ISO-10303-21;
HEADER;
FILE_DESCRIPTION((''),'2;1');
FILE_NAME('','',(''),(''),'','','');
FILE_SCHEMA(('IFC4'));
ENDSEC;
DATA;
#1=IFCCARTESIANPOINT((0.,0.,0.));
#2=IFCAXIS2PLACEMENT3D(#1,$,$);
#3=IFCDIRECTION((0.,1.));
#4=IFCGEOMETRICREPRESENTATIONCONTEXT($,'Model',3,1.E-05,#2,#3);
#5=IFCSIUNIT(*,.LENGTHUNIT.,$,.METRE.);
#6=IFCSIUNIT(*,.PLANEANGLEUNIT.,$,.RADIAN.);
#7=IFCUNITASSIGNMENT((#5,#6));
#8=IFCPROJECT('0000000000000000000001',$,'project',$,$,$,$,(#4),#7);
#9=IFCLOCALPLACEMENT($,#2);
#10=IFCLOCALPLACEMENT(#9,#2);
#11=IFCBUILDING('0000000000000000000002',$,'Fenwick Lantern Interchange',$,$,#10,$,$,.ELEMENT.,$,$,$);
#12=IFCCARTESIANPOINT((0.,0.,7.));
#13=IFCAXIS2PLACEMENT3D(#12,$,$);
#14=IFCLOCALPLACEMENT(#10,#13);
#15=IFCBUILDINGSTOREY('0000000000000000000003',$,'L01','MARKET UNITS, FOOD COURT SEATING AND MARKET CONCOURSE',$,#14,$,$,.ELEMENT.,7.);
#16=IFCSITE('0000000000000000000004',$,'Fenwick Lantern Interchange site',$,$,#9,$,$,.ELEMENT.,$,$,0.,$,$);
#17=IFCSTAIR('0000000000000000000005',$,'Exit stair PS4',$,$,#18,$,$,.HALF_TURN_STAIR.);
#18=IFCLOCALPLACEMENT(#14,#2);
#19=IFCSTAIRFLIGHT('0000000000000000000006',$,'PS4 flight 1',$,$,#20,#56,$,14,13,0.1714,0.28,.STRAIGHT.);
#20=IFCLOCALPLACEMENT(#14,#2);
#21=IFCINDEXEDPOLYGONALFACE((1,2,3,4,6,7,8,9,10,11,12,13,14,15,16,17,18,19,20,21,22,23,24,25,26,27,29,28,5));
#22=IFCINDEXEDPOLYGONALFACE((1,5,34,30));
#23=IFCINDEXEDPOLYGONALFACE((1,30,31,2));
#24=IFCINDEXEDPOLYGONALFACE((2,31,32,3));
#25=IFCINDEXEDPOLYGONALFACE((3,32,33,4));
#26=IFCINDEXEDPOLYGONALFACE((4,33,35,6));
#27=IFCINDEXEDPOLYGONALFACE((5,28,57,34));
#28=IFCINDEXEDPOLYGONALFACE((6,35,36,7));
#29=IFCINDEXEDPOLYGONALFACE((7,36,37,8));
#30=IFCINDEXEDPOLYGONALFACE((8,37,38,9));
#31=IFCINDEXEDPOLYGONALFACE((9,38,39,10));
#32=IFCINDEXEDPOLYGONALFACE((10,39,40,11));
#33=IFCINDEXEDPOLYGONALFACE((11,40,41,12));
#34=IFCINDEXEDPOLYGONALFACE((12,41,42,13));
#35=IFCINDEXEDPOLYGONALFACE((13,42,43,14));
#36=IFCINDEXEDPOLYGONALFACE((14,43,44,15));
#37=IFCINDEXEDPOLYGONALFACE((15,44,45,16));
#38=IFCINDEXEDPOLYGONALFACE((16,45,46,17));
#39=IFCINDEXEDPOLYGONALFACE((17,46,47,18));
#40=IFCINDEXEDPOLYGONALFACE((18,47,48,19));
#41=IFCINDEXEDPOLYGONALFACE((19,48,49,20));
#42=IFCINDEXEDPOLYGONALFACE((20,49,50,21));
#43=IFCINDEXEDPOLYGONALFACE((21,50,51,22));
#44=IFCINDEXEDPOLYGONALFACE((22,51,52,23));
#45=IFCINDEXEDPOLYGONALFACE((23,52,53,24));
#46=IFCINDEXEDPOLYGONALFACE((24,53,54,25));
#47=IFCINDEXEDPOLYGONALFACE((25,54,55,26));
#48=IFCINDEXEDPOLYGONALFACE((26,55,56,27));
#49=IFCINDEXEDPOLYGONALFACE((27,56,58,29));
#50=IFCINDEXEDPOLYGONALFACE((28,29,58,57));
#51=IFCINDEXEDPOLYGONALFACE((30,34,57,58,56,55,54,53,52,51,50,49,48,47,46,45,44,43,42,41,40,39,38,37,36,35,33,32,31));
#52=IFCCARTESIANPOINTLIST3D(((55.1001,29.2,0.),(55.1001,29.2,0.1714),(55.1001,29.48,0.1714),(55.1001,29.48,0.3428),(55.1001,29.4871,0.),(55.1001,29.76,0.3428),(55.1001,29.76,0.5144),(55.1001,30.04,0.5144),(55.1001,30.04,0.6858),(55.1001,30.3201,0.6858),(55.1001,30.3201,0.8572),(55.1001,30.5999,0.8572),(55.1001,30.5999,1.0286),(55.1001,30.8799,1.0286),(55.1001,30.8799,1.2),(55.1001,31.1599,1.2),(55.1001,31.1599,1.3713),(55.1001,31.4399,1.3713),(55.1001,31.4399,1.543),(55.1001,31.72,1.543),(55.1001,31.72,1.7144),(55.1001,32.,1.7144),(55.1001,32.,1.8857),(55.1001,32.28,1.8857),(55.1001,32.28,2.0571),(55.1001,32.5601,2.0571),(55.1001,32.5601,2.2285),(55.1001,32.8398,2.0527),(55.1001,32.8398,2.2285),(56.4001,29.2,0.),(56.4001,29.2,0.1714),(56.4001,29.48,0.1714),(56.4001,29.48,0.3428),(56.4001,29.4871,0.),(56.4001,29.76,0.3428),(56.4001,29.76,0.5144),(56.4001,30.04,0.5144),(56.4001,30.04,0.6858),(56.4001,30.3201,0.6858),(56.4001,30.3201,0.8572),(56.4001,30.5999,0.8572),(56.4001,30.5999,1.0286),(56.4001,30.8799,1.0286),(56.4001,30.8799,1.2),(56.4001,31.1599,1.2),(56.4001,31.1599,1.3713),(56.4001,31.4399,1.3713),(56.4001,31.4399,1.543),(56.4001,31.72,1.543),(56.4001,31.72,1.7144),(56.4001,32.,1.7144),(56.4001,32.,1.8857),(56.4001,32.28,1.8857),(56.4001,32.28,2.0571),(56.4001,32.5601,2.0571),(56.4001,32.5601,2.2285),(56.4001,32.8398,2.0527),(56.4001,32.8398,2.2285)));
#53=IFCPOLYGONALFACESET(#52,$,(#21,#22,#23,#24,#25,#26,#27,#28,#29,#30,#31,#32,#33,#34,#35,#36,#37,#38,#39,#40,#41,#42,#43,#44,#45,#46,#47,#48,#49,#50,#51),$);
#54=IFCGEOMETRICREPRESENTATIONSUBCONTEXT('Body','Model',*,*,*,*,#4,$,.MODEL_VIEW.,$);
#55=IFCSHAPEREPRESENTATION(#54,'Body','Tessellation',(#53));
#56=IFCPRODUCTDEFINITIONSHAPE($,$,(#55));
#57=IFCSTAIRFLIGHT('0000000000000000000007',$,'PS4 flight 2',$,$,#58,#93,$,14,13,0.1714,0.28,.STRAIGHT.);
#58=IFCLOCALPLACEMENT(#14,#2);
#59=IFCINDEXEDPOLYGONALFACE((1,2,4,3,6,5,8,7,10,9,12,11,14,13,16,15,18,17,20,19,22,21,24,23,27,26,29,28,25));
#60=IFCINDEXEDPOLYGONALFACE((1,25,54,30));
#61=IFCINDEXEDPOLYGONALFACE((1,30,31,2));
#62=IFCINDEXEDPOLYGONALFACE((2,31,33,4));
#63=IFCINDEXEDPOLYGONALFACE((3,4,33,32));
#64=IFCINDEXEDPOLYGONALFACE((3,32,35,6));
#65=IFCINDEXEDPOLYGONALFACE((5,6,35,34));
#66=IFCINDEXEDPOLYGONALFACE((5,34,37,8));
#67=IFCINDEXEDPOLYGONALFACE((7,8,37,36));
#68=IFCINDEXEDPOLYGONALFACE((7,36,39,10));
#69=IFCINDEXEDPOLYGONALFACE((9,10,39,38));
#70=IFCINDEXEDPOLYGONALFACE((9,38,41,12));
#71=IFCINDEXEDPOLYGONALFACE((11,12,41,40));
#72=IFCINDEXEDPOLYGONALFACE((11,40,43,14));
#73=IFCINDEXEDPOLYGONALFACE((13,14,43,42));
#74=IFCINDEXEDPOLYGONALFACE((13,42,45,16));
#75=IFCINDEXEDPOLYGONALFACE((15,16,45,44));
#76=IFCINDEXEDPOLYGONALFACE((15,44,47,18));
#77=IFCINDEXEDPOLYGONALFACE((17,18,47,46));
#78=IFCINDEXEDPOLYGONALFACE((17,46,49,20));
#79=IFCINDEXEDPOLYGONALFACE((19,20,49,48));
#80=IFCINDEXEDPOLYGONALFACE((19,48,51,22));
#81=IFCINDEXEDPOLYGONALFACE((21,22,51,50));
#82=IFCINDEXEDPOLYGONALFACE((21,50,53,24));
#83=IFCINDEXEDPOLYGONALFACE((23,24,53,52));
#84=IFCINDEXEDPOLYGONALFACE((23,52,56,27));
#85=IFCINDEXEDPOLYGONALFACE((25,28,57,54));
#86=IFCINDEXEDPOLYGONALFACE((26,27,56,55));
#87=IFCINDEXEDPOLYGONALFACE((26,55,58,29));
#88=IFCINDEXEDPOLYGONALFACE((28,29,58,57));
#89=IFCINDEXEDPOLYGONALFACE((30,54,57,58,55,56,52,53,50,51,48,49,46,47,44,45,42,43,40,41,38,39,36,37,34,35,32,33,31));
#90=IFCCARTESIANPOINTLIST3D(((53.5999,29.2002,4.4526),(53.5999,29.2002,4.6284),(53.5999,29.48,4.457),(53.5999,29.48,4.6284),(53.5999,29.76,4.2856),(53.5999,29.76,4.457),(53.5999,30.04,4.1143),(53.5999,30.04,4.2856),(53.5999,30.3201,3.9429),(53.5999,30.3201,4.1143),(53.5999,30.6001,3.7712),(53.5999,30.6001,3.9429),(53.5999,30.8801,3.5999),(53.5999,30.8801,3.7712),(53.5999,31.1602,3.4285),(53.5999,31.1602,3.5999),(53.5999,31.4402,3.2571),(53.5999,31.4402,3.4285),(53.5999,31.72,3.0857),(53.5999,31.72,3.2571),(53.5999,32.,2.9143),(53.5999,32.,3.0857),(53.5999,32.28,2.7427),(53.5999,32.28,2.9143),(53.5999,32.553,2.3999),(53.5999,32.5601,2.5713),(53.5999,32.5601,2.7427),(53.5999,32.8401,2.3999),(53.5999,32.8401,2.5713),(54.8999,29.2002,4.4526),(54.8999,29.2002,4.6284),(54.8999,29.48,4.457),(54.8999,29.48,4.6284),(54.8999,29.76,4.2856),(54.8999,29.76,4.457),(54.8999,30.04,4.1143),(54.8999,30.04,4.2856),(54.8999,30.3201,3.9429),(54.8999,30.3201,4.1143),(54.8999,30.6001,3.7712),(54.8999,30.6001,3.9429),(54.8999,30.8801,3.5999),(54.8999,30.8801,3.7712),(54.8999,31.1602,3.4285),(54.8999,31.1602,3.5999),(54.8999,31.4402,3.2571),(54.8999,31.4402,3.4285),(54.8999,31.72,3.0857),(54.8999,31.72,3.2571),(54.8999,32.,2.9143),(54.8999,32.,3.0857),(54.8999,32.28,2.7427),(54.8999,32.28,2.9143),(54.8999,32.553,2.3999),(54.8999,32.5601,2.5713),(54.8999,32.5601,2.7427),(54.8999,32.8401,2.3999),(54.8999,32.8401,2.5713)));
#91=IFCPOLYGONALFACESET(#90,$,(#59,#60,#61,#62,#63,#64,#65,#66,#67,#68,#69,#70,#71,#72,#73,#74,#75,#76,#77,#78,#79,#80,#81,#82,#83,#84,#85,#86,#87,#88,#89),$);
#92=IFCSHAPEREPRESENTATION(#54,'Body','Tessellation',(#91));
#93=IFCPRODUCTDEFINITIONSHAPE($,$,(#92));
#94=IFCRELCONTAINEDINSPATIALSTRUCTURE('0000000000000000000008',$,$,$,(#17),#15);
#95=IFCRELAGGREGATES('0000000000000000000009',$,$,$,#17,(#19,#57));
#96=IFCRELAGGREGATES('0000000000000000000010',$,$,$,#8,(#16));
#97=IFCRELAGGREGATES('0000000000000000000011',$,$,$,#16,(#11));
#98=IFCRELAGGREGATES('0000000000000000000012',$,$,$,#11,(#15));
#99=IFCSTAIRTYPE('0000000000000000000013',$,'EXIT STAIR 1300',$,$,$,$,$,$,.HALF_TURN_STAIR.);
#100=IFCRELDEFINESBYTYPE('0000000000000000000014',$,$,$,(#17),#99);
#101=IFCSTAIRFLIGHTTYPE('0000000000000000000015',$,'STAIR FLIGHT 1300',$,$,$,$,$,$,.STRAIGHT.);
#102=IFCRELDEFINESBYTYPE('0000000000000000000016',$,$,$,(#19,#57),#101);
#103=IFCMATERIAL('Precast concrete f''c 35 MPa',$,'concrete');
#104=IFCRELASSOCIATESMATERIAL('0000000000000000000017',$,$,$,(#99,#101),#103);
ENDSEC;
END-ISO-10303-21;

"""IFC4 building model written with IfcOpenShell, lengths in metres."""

from ifc_helpers import new_model, si_unit, direction, frame, origin, place, context, subcontext, project, spatial, polyline, outline, extrude, material, type_object, element, aggregate, save


model = new_model("IFC4")

# Units and contexts
model_context = context("Model", 3, precision=1e-05, world=origin(), true_north=direction((0.0, 1.0)))
body_context = subcontext(model_context, "Body", "Model", "MODEL_VIEW")
ifc_project = project(units=[si_unit("LENGTHUNIT", "METRE"), si_unit("PLANEANGLEUNIT", "RADIAN")], contexts=[model_context])

# Site, building, storey
site_placement = place(None, origin())
site = spatial("IfcSite", under=ifc_project, at=site_placement, Name="Fenwick Lantern Interchange site", CompositionType="ELEMENT", RefElevation=0.0)
building_placement = place(site_placement, origin())
building = spatial("IfcBuilding", under=site, at=building_placement, Name="Fenwick Lantern Interchange", CompositionType="ELEMENT")
storey_placement = place(building_placement, frame((0.0, 0.0, 7.0)))
storey = spatial("IfcBuildingStorey", under=building, at=storey_placement, Name="L01", Description="MARKET UNITS, FOOD COURT SEATING AND MARKET CONCOURSE", CompositionType="ELEMENT", Elevation=7.0)

# Stair, stair flights
ifc_material_1 = material(Name="Precast concrete f'c 35 MPa", Category="concrete")
stair_type = type_object("IfcStairType", Name="EXIT STAIR 1300", PredefinedType="HALF_TURN_STAIR", material=ifc_material_1)
stair_placement = place(storey_placement, origin())
stair = element("IfcStair", 1, at=stair_placement, inside=storey, type_object=stair_type, Name="Exit stair PS4", PredefinedType="HALF_TURN_STAIR")
stair_flight_type = type_object("IfcStairFlightType", Name="STAIR FLIGHT 1300", PredefinedType="STRAIGHT", material=ifc_material_1)
stair_flight_1_placement = place(storey_placement, frame((55.75, 29.2, 0.0), z_axis=(0.0, 0.0, 1.0), x_axis=(0.0, 1.0, 0.0)))
stair_flight_1 = element("IfcStairFlight", 2, at=stair_flight_1_placement, type_object=stair_flight_type, Name="PS4 flight 1", NumberOfRisers=14, NumberOfTreads=13, PredefinedType="STRAIGHT", RiserHeight=0.1714, TreadLength=0.28, context=body_context, shape_type="SweptSolid", body=[
    extrude(outline(polyline([(0.0, 0.0), (0.0, 0.1714), (0.28, 0.1714), (0.28, 0.3428), (0.5601, 0.3428), (0.5601, 0.5144), (0.8401, 0.5144), (0.8401, 0.6858), (1.1201, 0.6858), (1.1201, 0.8572), (1.3999, 0.8572), (1.3999, 1.0286), (1.6799, 1.0286), (1.6799, 1.2), (1.96, 1.2), (1.96, 1.3713), (2.24, 1.3713), (2.24, 1.543), (2.52, 1.543), (2.52, 1.7144), (2.8, 1.7144), (2.8, 1.8857), (3.0801, 1.8857), (3.0801, 2.0571), (3.3601, 2.0571), (3.3601, 2.2285), (3.6399, 2.2285), (3.6399, 2.3999), (3.6399, 2.0527), (0.2871, 0.0), (0.0, 0.0)])), frame((0.0, 0.6499, 0.0), z_axis=(0.0, -1.0, 0.0), x_axis=(1.0, 0.0, 0.0)), (0.0, 0.0, 1.0), 1.3),
])
stair_flight_2_placement = place(storey_placement, frame((54.25, 32.8401, 2.3999), z_axis=(0.0, 0.0, 1.0), x_axis=(0.0, -1.0, 0.0)))
stair_flight_2 = element("IfcStairFlight", 3, at=stair_flight_2_placement, type_object=stair_flight_type, Name="PS4 flight 2", NumberOfRisers=14, NumberOfTreads=13, PredefinedType="STRAIGHT", RiserHeight=0.1714, TreadLength=0.28, context=body_context, shape_type="SweptSolid", body=[
    extrude(outline(polyline([(0.0, 0.0), (0.0, 0.1714), (0.28, 0.1714), (0.28, 0.3428), (0.5601, 0.3428), (0.5601, 0.5144), (0.8401, 0.5144), (0.8401, 0.6858), (1.1201, 0.6858), (1.1201, 0.8572), (1.3999, 0.8572), (1.3999, 1.0286), (1.6799, 1.0286), (1.6799, 1.2), (1.96, 1.2), (1.96, 1.3713), (2.24, 1.3713), (2.24, 1.543), (2.52, 1.543), (2.52, 1.7144), (2.8, 1.7144), (2.8, 1.8857), (3.0801, 1.8857), (3.0801, 2.0571), (3.3601, 2.0571), (3.3601, 2.2285), (3.6399, 2.2285), (3.6399, 2.3999), (3.6399, 2.0527), (0.2871, 0.0), (0.0, 0.0)])), frame((0.0, 0.6499, 0.0), z_axis=(0.0, -1.0, 0.0), x_axis=(1.0, 0.0, 0.0)), (0.0, 0.0, 1.0), 1.3),
])
aggregate(stair, [stair_flight_1, stair_flight_2])

save(model, "model.ifc")
